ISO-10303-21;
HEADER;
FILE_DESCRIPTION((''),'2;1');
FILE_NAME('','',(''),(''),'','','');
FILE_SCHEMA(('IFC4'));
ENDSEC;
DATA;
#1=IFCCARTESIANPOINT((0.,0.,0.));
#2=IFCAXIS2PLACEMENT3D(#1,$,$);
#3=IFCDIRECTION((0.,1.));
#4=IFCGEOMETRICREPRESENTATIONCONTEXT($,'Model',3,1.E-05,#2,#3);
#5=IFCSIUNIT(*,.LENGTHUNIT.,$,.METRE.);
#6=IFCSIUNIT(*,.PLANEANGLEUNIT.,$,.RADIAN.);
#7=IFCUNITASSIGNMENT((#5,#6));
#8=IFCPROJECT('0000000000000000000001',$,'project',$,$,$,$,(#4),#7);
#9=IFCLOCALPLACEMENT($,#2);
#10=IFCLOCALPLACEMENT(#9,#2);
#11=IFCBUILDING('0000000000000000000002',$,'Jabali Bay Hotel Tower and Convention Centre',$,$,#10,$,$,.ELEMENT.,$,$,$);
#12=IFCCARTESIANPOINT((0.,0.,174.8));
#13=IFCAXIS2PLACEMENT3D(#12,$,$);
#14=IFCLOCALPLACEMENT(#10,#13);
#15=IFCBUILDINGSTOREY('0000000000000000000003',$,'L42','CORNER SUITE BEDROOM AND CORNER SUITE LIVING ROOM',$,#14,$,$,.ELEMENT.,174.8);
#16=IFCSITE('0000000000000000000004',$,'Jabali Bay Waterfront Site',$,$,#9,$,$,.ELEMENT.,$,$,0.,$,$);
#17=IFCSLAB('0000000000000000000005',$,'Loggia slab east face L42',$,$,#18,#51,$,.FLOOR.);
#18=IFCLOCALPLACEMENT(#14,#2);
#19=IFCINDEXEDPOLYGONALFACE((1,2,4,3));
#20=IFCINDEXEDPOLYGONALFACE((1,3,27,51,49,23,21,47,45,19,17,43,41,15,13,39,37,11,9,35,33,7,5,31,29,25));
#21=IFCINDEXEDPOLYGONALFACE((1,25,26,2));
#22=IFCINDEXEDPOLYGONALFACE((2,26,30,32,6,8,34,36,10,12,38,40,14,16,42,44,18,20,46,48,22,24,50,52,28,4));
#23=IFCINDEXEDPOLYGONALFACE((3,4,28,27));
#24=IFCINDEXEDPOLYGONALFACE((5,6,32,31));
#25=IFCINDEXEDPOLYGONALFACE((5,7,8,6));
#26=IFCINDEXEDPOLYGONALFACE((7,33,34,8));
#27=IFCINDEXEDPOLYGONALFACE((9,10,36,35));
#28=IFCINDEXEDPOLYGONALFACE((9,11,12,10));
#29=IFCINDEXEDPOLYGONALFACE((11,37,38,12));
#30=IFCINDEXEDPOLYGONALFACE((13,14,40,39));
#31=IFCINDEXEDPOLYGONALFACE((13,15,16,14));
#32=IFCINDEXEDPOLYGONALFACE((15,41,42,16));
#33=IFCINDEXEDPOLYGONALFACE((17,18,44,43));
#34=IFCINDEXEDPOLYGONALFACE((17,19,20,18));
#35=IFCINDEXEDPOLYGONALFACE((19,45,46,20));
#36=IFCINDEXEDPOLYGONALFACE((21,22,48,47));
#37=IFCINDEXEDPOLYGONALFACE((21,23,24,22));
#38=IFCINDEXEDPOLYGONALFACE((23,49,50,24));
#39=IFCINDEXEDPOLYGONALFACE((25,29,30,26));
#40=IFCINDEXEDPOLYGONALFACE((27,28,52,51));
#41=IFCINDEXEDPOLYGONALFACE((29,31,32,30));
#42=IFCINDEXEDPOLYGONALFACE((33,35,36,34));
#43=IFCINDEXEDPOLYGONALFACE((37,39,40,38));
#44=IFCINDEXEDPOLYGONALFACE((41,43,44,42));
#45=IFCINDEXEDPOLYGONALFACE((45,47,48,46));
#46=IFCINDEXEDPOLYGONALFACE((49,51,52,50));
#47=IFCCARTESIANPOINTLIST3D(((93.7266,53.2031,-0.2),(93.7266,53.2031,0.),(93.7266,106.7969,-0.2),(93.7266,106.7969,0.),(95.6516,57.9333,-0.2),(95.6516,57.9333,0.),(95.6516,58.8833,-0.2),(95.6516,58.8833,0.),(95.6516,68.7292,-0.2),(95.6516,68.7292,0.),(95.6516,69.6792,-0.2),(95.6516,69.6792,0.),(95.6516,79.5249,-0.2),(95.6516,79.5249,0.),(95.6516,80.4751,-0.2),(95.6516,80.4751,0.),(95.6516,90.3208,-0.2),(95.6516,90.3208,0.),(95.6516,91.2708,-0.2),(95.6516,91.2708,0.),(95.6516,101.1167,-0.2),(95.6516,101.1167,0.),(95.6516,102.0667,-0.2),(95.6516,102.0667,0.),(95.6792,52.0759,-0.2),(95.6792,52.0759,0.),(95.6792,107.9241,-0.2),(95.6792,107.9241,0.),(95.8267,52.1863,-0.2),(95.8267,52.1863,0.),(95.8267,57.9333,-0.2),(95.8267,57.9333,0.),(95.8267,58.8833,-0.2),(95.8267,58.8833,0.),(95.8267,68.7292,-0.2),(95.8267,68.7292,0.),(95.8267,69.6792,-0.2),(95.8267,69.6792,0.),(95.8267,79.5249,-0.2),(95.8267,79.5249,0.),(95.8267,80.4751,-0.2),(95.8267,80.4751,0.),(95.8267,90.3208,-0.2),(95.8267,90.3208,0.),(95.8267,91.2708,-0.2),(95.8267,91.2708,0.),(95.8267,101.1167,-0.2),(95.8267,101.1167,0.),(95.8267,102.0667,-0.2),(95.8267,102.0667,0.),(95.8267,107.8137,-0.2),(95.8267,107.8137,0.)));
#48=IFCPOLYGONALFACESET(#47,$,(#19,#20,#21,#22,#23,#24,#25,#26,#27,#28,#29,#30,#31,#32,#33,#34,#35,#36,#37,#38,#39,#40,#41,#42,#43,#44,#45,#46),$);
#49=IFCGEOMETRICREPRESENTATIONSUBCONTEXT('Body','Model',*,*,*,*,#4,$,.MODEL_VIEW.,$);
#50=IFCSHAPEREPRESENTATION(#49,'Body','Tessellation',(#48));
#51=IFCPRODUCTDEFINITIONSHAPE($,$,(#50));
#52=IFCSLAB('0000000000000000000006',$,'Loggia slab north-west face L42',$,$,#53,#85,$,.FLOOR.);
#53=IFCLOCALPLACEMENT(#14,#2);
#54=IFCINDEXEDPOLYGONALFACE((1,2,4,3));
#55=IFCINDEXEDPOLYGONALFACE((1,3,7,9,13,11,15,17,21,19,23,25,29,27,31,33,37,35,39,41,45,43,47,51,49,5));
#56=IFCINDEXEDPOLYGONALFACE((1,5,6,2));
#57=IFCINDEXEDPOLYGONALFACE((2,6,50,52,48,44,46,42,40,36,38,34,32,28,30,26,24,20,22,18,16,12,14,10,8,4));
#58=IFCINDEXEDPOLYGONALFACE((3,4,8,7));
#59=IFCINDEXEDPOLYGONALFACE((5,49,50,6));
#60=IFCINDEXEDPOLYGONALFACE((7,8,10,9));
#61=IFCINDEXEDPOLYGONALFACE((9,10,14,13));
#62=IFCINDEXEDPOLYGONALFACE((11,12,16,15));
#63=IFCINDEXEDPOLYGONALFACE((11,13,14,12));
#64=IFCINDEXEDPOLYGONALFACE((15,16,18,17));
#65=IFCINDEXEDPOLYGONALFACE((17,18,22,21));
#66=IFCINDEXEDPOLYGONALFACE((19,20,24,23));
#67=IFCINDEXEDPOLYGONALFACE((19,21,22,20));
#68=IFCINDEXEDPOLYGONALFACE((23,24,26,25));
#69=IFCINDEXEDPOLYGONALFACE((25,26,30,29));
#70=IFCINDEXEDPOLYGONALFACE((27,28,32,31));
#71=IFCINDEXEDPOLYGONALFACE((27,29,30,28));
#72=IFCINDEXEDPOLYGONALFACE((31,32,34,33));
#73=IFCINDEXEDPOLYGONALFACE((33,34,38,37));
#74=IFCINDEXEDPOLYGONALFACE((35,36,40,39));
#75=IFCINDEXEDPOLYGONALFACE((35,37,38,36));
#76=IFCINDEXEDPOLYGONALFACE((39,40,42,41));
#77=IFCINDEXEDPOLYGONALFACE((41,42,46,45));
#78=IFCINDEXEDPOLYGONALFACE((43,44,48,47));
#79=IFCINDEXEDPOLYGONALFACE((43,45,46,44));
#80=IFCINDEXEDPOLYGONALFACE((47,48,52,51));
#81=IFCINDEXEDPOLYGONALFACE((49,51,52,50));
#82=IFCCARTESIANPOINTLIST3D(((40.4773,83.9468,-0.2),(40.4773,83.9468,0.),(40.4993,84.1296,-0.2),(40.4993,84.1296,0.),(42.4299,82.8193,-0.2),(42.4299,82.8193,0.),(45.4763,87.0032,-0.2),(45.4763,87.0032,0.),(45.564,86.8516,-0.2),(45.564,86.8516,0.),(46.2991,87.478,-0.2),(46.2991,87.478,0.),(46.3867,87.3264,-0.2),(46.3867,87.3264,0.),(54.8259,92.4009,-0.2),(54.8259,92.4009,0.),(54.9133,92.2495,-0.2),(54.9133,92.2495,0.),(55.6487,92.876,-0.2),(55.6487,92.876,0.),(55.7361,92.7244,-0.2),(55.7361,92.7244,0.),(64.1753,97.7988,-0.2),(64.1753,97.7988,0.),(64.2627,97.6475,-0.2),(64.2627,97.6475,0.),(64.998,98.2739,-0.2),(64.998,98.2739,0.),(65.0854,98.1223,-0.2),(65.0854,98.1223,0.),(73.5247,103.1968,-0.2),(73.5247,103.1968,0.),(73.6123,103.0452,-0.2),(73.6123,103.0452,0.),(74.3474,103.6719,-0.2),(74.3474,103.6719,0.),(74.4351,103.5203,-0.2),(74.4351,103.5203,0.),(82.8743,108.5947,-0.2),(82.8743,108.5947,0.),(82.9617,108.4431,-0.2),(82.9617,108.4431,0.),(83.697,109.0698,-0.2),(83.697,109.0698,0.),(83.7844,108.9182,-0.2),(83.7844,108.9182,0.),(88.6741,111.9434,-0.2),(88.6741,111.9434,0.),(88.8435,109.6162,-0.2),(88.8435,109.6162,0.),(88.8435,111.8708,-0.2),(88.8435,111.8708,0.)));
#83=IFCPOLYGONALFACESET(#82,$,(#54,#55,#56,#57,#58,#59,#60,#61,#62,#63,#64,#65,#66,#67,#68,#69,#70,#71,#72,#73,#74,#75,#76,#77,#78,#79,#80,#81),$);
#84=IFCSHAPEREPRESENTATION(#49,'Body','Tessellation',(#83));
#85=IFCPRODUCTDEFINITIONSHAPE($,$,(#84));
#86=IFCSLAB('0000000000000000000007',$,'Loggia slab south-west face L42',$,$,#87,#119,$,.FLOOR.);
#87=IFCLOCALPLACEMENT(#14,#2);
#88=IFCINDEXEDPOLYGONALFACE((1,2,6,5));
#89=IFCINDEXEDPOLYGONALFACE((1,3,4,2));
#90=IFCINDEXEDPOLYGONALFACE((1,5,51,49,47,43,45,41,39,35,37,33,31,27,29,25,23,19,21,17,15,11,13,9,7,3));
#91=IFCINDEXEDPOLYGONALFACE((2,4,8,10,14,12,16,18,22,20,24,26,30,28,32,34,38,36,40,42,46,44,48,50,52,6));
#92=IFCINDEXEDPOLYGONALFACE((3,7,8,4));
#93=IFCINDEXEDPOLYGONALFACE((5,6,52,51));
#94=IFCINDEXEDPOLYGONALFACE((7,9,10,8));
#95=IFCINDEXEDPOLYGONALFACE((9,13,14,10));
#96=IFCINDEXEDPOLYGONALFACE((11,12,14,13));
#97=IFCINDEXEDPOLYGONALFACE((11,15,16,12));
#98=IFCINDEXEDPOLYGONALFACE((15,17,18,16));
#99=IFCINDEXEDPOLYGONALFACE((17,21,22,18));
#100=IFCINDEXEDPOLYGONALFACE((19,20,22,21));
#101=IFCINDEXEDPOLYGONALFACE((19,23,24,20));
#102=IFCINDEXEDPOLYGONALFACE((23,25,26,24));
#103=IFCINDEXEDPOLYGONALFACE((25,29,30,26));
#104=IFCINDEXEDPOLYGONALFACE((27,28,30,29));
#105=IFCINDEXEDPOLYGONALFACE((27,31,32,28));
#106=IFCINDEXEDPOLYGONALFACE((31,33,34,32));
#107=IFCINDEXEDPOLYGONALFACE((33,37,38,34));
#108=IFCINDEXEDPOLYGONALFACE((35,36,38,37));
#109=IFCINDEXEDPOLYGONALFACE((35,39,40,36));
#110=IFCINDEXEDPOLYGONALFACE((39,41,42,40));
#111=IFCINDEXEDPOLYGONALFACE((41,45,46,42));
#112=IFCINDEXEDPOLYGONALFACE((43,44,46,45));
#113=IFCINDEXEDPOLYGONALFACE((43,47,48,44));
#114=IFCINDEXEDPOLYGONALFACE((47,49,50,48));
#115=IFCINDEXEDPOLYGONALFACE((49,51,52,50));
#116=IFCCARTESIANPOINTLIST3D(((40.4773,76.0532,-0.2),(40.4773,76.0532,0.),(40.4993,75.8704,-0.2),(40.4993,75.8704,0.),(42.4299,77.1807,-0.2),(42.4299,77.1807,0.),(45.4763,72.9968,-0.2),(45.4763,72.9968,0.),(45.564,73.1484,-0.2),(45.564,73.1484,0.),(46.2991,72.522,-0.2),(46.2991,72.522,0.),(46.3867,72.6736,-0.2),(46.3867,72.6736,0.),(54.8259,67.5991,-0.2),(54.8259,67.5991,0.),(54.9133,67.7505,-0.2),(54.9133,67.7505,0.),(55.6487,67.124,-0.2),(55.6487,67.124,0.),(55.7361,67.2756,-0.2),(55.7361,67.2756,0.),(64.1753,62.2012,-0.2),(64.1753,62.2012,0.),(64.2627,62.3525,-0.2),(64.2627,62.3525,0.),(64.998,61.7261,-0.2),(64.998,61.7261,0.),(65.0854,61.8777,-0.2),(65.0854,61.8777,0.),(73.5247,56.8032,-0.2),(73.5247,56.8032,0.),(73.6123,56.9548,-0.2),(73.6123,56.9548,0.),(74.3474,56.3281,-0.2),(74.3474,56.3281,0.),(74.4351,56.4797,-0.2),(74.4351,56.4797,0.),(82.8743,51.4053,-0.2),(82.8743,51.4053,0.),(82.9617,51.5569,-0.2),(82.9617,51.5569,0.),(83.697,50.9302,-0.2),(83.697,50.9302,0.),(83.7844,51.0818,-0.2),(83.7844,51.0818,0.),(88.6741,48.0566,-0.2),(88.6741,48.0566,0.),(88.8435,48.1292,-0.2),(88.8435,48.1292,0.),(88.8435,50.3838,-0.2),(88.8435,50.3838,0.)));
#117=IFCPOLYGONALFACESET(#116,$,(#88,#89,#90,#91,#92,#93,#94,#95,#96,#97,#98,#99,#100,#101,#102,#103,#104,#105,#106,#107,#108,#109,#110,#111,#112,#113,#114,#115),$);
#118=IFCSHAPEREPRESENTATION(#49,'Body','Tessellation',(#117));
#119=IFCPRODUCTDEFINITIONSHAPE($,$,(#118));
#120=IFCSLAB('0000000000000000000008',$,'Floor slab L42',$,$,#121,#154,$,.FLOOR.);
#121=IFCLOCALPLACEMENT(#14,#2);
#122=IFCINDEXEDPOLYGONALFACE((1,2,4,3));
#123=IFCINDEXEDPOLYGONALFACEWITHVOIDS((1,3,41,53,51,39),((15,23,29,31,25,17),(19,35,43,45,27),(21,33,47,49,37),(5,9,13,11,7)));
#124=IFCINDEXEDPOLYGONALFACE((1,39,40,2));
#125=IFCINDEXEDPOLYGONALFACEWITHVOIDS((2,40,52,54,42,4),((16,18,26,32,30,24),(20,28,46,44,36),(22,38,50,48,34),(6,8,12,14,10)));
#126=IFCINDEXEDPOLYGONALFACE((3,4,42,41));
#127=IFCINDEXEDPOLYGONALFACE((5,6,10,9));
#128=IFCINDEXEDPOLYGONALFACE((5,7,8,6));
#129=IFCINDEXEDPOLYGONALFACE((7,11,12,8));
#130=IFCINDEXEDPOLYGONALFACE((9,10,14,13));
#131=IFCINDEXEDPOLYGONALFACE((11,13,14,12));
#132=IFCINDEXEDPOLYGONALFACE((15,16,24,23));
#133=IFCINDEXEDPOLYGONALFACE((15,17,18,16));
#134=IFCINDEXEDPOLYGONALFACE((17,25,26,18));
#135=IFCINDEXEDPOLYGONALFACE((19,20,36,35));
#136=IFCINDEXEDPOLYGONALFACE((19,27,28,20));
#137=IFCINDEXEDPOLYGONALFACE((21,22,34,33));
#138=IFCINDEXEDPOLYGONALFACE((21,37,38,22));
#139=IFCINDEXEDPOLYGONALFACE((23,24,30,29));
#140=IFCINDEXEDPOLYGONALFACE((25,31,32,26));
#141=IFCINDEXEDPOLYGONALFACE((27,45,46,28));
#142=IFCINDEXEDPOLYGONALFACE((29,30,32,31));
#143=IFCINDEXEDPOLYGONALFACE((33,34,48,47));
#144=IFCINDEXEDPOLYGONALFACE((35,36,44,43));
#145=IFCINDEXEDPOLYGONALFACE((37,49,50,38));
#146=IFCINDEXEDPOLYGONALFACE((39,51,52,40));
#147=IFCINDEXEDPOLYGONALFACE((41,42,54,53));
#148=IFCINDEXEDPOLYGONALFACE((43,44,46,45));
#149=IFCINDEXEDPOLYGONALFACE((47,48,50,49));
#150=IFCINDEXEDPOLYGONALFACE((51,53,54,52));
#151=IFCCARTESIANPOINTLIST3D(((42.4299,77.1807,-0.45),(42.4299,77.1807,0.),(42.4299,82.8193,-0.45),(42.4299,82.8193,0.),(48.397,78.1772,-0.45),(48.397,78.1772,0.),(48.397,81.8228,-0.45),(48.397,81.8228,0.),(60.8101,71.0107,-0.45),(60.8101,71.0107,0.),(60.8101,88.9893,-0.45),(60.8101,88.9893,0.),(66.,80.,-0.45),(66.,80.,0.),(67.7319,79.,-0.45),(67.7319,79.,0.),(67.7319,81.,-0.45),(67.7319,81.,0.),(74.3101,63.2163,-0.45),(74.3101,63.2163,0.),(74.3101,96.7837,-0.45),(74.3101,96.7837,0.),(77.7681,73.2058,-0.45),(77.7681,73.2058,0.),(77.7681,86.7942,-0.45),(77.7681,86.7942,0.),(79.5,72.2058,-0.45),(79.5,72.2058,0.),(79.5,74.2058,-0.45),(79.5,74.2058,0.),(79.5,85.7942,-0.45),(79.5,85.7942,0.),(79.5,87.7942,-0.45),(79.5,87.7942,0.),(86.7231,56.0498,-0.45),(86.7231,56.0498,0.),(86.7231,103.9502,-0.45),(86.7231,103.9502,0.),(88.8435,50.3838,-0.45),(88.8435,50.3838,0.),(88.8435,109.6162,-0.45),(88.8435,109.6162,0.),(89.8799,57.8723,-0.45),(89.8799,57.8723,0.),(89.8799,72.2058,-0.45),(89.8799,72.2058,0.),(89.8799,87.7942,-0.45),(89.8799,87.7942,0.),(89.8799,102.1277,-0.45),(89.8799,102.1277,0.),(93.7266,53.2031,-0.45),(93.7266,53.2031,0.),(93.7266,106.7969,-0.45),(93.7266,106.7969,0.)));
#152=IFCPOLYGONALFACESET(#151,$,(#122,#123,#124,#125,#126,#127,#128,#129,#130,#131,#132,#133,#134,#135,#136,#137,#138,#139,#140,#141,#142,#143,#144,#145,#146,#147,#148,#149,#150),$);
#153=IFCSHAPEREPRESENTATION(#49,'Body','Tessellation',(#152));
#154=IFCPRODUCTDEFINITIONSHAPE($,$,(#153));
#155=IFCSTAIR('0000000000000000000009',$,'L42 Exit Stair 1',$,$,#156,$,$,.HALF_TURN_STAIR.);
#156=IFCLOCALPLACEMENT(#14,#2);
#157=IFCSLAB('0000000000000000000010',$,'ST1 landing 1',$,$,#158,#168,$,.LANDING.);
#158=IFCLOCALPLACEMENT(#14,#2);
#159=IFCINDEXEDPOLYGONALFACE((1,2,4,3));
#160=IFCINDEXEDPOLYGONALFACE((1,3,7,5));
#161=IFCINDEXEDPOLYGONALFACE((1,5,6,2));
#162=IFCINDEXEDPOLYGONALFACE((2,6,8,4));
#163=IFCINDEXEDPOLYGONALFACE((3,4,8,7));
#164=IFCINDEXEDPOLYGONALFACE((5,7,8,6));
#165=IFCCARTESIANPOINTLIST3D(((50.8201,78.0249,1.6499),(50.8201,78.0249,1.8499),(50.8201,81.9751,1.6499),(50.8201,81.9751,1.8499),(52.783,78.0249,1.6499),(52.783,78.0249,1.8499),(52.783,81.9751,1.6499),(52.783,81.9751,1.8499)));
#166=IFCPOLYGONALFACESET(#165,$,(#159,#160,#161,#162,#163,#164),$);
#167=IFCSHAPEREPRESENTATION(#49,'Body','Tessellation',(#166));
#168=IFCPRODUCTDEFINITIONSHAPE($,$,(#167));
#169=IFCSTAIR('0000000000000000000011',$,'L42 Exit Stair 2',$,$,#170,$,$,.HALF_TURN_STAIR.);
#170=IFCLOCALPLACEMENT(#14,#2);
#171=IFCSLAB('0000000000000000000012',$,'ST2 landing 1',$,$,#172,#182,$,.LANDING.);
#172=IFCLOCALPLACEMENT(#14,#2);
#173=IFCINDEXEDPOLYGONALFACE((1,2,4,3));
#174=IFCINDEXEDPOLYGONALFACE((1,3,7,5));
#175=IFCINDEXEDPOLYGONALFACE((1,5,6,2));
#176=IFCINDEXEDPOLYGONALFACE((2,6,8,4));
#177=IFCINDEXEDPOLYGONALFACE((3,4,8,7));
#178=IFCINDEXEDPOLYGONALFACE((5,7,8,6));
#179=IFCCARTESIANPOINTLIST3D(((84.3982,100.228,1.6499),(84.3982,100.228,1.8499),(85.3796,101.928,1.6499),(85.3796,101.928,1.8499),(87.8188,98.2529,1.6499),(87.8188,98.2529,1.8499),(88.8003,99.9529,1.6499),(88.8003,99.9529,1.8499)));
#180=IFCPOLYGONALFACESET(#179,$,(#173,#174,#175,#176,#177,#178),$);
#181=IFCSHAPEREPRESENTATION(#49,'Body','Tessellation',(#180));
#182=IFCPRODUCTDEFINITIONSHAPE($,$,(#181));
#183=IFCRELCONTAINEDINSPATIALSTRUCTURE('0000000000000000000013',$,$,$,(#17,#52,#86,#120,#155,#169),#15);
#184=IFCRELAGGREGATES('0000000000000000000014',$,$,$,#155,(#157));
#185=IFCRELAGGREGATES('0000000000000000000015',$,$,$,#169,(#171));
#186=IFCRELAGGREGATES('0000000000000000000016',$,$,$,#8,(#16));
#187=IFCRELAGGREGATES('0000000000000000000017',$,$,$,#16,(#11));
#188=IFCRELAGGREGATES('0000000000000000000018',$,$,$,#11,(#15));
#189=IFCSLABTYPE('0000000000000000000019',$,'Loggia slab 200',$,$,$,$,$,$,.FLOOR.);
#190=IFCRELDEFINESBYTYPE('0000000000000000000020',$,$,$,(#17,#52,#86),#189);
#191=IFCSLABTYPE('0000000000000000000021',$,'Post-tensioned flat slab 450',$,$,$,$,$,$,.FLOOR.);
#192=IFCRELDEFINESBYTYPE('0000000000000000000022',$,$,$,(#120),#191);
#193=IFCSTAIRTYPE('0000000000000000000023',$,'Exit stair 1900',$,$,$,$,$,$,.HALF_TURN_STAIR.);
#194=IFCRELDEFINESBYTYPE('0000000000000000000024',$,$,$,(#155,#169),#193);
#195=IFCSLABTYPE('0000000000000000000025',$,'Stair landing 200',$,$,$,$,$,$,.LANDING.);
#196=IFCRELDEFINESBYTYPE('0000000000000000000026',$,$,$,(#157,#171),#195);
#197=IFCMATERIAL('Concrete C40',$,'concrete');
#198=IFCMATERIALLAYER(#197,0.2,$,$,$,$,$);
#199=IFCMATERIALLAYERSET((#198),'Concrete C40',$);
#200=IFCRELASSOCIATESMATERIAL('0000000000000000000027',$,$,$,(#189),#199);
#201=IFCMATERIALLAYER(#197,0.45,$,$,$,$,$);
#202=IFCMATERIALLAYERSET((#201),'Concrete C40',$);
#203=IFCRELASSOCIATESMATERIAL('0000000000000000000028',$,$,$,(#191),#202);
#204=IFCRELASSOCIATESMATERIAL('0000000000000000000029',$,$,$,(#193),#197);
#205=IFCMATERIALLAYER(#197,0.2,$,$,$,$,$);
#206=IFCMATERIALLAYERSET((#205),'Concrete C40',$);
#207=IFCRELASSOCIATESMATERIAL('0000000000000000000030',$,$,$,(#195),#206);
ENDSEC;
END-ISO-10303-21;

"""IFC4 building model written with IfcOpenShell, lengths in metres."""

from ifc_helpers import new_model, si_unit, direction, frame, origin, place, context, subcontext, project, spatial, polyline, outline, extrude, material, layer, layer_set, type_object, element, aggregate, save


model = new_model("IFC4")

# Units and contexts
model_context = context("Model", 3, precision=1e-05, world=origin(), true_north=direction((0.0, 1.0)))
body_context = subcontext(model_context, "Body", "Model", "MODEL_VIEW")
ifc_project = project(units=[si_unit("LENGTHUNIT", "METRE"), si_unit("PLANEANGLEUNIT", "RADIAN")], contexts=[model_context])

# Site, building, storey
site_placement = place(None, origin())
site = spatial("IfcSite", under=ifc_project, at=site_placement, Name="Jabali Bay Waterfront Site", CompositionType="ELEMENT", RefElevation=0.0)
building_placement = place(site_placement, origin())
building = spatial("IfcBuilding", under=site, at=building_placement, Name="Jabali Bay Hotel Tower and Convention Centre", CompositionType="ELEMENT")
storey_placement = place(building_placement, frame((0.0, 0.0, 174.8)))
storey = spatial("IfcBuildingStorey", under=building, at=storey_placement, Name="L42", Description="CORNER SUITE BEDROOM AND CORNER SUITE LIVING ROOM", CompositionType="ELEMENT", Elevation=174.8)

# Slabs
ifc_material_1 = material(Name="Concrete C40", Category="concrete")
ifc_layer_1 = layer(ifc_material_1, 0.2)
ifc_layer_set_1 = layer_set([ifc_layer_1], Name="Concrete C40")
slab_type_1 = type_object("IfcSlabType", Name="Loggia slab 200", PredefinedType="FLOOR", material=ifc_layer_set_1)
slab_1_placement = place(storey_placement, frame((0.0, 0.0, -0.2)))
element("IfcSlab", 1, at=slab_1_placement, inside=storey, type_object=slab_type_1, Name="Loggia slab east face L42", PredefinedType="FLOOR", context=body_context, shape_type="SweptSolid", body=[
    extrude(outline(polyline([(93.7266, 106.7969), (95.6792, 107.9241), (95.8267, 107.8137), (95.8267, 102.0667), (95.6516, 102.0667), (95.6516, 101.1167), (95.8267, 101.1167), (95.8267, 91.2708), (95.6516, 91.2708), (95.6516, 90.3208), (95.8267, 90.3208), (95.8267, 80.4751), (95.6516, 80.4751), (95.6516, 79.5249), (95.8267, 79.5249), (95.8267, 69.6792), (95.6516, 69.6792), (95.6516, 68.7292), (95.8267, 68.7292), (95.8267, 58.8833), (95.6516, 58.8833), (95.6516, 57.9333), (95.8267, 57.9333), (95.8267, 52.1863), (95.6792, 52.0759), (93.7266, 53.2031), (93.7266, 106.7969)])), origin(), (0.0, 0.0, 1.0), 0.2),
])
slab_2_placement = place(storey_placement, frame((0.0, 0.0, -0.2)))
element("IfcSlab", 2, at=slab_2_placement, inside=storey, type_object=slab_type_1, Name="Loggia slab north-west face L42", PredefinedType="FLOOR", context=body_context, shape_type="SweptSolid", body=[
    extrude(outline(polyline([(42.4299, 82.8193), (40.4773, 83.9468), (40.4993, 84.1296), (45.4763, 87.0032), (45.564, 86.8516), (46.3867, 87.3264), (46.2991, 87.478), (54.8259, 92.4009), (54.9133, 92.2495), (55.7361, 92.7244), (55.6487, 92.876), (64.1753, 97.7988), (64.2627, 97.6475), (65.0854, 98.1223), (64.998, 98.2739), (73.5247, 103.1968), (73.6123, 103.0452), (74.4351, 103.5203), (74.3474, 103.6719), (82.8743, 108.5947), (82.9617, 108.4431), (83.7844, 108.9182), (83.697, 109.0698), (88.6741, 111.9434), (88.8435, 111.8708), (88.8435, 109.6162), (42.4299, 82.8193)])), origin(), (0.0, 0.0, 1.0), 0.2),
])
slab_3_placement = place(storey_placement, frame((0.0, 0.0, -0.2)))
element("IfcSlab", 3, at=slab_3_placement, inside=storey, type_object=slab_type_1, Name="Loggia slab south-west face L42", PredefinedType="FLOOR", context=body_context, shape_type="SweptSolid", body=[
    extrude(outline(polyline([(88.8435, 50.3838), (88.8435, 48.1292), (88.6741, 48.0566), (83.697, 50.9302), (83.7844, 51.0818), (82.9617, 51.5569), (82.8743, 51.4053), (74.3474, 56.3281), (74.4351, 56.4797), (73.6123, 56.9548), (73.5247, 56.8032), (64.998, 61.7261), (65.0854, 61.8777), (64.2627, 62.3525), (64.1753, 62.2012), (55.6487, 67.124), (55.7361, 67.2756), (54.9133, 67.7505), (54.8259, 67.5991), (46.2991, 72.522), (46.3867, 72.6736), (45.564, 73.1484), (45.4763, 72.9968), (40.4993, 75.8704), (40.4773, 76.0532), (42.4299, 77.1807), (88.8435, 50.3838)])), origin(), (0.0, 0.0, 1.0), 0.2),
])
ifc_layer_2 = layer(ifc_material_1, 0.45)
ifc_layer_set_2 = layer_set([ifc_layer_2], Name="Concrete C40")
slab_type_2 = type_object("IfcSlabType", Name="Post-tensioned flat slab 450", PredefinedType="FLOOR", material=ifc_layer_set_2)
slab_4_placement = place(storey_placement, frame((0.0, 0.0, -0.45)))
element("IfcSlab", 4, at=slab_4_placement, inside=storey, type_object=slab_type_2, Name="Floor slab L42", PredefinedType="FLOOR", context=body_context, shape_type="SweptSolid", body=[
    extrude(outline(polyline([(88.8435, 109.6162), (93.7266, 106.7969), (93.7266, 53.2031), (88.8435, 50.3838), (42.4299, 77.1807), (42.4299, 82.8193), (88.8435, 109.6162)]), holes=[polyline([(67.7319, 79.0), (77.7681, 73.2058), (79.5, 74.2058), (79.5, 85.7942), (77.7681, 86.7942), (67.7319, 81.0), (67.7319, 79.0)]), polyline([(48.397, 78.1772), (60.8101, 71.0107), (66.0, 80.0), (60.8101, 88.9893), (48.397, 81.8228), (48.397, 78.1772)]), polyline([(89.8799, 102.1277), (86.7231, 103.9502), (74.3101, 96.7837), (79.5, 87.7942), (89.8799, 87.7942), (89.8799, 102.1277)]), polyline([(74.3101, 63.2163), (86.7231, 56.0498), (89.8799, 57.8723), (89.8799, 72.2058), (79.5, 72.2058), (74.3101, 63.2163)])]), origin(), (0.0, 0.0, 1.0), 0.45),
])

# Stairs, slabs
stair_type = type_object("IfcStairType", Name="Exit stair 1900", PredefinedType="HALF_TURN_STAIR", material=ifc_material_1)
stair_1_placement = place(storey_placement, origin())
stair_1 = element("IfcStair", 5, at=stair_1_placement, inside=storey, type_object=stair_type, Name="L42 Exit Stair 1", PredefinedType="HALF_TURN_STAIR")
ifc_layer_3 = layer(ifc_material_1, 0.2)
ifc_layer_set_3 = layer_set([ifc_layer_3], Name="Concrete C40")
slab_type_3 = type_object("IfcSlabType", Name="Stair landing 200", PredefinedType="LANDING", material=ifc_layer_set_3)
slab_5_placement = place(storey_placement, frame((0.0, 0.0, 1.6499)))
slab_5 = element("IfcSlab", 6, at=slab_5_placement, type_object=slab_type_3, Name="ST1 landing 1", PredefinedType="LANDING", context=body_context, shape_type="SweptSolid", body=[
    extrude(outline(polyline([(52.783, 81.9751), (50.8201, 81.9751), (50.8201, 78.0249), (52.783, 78.0249), (52.783, 81.9751)])), origin(), (0.0, 0.0, 1.0), 0.2),
])
aggregate(stair_1, [slab_5])
stair_2_placement = place(storey_placement, origin())
stair_2 = element("IfcStair", 7, at=stair_2_placement, inside=storey, type_object=stair_type, Name="L42 Exit Stair 2", PredefinedType="HALF_TURN_STAIR")
slab_6_placement = place(storey_placement, frame((0.0, 0.0, 1.6499)))
slab_6 = element("IfcSlab", 8, at=slab_6_placement, type_object=slab_type_3, Name="ST2 landing 1", PredefinedType="LANDING", context=body_context, shape_type="SweptSolid", body=[
    extrude(outline(polyline([(87.8188, 98.2529), (88.8003, 99.9529), (85.3796, 101.928), (84.3982, 100.228), (87.8188, 98.2529)])), origin(), (0.0, 0.0, 1.0), 0.2),
])
aggregate(stair_2, [slab_6])

save(model, "model.ifc")
